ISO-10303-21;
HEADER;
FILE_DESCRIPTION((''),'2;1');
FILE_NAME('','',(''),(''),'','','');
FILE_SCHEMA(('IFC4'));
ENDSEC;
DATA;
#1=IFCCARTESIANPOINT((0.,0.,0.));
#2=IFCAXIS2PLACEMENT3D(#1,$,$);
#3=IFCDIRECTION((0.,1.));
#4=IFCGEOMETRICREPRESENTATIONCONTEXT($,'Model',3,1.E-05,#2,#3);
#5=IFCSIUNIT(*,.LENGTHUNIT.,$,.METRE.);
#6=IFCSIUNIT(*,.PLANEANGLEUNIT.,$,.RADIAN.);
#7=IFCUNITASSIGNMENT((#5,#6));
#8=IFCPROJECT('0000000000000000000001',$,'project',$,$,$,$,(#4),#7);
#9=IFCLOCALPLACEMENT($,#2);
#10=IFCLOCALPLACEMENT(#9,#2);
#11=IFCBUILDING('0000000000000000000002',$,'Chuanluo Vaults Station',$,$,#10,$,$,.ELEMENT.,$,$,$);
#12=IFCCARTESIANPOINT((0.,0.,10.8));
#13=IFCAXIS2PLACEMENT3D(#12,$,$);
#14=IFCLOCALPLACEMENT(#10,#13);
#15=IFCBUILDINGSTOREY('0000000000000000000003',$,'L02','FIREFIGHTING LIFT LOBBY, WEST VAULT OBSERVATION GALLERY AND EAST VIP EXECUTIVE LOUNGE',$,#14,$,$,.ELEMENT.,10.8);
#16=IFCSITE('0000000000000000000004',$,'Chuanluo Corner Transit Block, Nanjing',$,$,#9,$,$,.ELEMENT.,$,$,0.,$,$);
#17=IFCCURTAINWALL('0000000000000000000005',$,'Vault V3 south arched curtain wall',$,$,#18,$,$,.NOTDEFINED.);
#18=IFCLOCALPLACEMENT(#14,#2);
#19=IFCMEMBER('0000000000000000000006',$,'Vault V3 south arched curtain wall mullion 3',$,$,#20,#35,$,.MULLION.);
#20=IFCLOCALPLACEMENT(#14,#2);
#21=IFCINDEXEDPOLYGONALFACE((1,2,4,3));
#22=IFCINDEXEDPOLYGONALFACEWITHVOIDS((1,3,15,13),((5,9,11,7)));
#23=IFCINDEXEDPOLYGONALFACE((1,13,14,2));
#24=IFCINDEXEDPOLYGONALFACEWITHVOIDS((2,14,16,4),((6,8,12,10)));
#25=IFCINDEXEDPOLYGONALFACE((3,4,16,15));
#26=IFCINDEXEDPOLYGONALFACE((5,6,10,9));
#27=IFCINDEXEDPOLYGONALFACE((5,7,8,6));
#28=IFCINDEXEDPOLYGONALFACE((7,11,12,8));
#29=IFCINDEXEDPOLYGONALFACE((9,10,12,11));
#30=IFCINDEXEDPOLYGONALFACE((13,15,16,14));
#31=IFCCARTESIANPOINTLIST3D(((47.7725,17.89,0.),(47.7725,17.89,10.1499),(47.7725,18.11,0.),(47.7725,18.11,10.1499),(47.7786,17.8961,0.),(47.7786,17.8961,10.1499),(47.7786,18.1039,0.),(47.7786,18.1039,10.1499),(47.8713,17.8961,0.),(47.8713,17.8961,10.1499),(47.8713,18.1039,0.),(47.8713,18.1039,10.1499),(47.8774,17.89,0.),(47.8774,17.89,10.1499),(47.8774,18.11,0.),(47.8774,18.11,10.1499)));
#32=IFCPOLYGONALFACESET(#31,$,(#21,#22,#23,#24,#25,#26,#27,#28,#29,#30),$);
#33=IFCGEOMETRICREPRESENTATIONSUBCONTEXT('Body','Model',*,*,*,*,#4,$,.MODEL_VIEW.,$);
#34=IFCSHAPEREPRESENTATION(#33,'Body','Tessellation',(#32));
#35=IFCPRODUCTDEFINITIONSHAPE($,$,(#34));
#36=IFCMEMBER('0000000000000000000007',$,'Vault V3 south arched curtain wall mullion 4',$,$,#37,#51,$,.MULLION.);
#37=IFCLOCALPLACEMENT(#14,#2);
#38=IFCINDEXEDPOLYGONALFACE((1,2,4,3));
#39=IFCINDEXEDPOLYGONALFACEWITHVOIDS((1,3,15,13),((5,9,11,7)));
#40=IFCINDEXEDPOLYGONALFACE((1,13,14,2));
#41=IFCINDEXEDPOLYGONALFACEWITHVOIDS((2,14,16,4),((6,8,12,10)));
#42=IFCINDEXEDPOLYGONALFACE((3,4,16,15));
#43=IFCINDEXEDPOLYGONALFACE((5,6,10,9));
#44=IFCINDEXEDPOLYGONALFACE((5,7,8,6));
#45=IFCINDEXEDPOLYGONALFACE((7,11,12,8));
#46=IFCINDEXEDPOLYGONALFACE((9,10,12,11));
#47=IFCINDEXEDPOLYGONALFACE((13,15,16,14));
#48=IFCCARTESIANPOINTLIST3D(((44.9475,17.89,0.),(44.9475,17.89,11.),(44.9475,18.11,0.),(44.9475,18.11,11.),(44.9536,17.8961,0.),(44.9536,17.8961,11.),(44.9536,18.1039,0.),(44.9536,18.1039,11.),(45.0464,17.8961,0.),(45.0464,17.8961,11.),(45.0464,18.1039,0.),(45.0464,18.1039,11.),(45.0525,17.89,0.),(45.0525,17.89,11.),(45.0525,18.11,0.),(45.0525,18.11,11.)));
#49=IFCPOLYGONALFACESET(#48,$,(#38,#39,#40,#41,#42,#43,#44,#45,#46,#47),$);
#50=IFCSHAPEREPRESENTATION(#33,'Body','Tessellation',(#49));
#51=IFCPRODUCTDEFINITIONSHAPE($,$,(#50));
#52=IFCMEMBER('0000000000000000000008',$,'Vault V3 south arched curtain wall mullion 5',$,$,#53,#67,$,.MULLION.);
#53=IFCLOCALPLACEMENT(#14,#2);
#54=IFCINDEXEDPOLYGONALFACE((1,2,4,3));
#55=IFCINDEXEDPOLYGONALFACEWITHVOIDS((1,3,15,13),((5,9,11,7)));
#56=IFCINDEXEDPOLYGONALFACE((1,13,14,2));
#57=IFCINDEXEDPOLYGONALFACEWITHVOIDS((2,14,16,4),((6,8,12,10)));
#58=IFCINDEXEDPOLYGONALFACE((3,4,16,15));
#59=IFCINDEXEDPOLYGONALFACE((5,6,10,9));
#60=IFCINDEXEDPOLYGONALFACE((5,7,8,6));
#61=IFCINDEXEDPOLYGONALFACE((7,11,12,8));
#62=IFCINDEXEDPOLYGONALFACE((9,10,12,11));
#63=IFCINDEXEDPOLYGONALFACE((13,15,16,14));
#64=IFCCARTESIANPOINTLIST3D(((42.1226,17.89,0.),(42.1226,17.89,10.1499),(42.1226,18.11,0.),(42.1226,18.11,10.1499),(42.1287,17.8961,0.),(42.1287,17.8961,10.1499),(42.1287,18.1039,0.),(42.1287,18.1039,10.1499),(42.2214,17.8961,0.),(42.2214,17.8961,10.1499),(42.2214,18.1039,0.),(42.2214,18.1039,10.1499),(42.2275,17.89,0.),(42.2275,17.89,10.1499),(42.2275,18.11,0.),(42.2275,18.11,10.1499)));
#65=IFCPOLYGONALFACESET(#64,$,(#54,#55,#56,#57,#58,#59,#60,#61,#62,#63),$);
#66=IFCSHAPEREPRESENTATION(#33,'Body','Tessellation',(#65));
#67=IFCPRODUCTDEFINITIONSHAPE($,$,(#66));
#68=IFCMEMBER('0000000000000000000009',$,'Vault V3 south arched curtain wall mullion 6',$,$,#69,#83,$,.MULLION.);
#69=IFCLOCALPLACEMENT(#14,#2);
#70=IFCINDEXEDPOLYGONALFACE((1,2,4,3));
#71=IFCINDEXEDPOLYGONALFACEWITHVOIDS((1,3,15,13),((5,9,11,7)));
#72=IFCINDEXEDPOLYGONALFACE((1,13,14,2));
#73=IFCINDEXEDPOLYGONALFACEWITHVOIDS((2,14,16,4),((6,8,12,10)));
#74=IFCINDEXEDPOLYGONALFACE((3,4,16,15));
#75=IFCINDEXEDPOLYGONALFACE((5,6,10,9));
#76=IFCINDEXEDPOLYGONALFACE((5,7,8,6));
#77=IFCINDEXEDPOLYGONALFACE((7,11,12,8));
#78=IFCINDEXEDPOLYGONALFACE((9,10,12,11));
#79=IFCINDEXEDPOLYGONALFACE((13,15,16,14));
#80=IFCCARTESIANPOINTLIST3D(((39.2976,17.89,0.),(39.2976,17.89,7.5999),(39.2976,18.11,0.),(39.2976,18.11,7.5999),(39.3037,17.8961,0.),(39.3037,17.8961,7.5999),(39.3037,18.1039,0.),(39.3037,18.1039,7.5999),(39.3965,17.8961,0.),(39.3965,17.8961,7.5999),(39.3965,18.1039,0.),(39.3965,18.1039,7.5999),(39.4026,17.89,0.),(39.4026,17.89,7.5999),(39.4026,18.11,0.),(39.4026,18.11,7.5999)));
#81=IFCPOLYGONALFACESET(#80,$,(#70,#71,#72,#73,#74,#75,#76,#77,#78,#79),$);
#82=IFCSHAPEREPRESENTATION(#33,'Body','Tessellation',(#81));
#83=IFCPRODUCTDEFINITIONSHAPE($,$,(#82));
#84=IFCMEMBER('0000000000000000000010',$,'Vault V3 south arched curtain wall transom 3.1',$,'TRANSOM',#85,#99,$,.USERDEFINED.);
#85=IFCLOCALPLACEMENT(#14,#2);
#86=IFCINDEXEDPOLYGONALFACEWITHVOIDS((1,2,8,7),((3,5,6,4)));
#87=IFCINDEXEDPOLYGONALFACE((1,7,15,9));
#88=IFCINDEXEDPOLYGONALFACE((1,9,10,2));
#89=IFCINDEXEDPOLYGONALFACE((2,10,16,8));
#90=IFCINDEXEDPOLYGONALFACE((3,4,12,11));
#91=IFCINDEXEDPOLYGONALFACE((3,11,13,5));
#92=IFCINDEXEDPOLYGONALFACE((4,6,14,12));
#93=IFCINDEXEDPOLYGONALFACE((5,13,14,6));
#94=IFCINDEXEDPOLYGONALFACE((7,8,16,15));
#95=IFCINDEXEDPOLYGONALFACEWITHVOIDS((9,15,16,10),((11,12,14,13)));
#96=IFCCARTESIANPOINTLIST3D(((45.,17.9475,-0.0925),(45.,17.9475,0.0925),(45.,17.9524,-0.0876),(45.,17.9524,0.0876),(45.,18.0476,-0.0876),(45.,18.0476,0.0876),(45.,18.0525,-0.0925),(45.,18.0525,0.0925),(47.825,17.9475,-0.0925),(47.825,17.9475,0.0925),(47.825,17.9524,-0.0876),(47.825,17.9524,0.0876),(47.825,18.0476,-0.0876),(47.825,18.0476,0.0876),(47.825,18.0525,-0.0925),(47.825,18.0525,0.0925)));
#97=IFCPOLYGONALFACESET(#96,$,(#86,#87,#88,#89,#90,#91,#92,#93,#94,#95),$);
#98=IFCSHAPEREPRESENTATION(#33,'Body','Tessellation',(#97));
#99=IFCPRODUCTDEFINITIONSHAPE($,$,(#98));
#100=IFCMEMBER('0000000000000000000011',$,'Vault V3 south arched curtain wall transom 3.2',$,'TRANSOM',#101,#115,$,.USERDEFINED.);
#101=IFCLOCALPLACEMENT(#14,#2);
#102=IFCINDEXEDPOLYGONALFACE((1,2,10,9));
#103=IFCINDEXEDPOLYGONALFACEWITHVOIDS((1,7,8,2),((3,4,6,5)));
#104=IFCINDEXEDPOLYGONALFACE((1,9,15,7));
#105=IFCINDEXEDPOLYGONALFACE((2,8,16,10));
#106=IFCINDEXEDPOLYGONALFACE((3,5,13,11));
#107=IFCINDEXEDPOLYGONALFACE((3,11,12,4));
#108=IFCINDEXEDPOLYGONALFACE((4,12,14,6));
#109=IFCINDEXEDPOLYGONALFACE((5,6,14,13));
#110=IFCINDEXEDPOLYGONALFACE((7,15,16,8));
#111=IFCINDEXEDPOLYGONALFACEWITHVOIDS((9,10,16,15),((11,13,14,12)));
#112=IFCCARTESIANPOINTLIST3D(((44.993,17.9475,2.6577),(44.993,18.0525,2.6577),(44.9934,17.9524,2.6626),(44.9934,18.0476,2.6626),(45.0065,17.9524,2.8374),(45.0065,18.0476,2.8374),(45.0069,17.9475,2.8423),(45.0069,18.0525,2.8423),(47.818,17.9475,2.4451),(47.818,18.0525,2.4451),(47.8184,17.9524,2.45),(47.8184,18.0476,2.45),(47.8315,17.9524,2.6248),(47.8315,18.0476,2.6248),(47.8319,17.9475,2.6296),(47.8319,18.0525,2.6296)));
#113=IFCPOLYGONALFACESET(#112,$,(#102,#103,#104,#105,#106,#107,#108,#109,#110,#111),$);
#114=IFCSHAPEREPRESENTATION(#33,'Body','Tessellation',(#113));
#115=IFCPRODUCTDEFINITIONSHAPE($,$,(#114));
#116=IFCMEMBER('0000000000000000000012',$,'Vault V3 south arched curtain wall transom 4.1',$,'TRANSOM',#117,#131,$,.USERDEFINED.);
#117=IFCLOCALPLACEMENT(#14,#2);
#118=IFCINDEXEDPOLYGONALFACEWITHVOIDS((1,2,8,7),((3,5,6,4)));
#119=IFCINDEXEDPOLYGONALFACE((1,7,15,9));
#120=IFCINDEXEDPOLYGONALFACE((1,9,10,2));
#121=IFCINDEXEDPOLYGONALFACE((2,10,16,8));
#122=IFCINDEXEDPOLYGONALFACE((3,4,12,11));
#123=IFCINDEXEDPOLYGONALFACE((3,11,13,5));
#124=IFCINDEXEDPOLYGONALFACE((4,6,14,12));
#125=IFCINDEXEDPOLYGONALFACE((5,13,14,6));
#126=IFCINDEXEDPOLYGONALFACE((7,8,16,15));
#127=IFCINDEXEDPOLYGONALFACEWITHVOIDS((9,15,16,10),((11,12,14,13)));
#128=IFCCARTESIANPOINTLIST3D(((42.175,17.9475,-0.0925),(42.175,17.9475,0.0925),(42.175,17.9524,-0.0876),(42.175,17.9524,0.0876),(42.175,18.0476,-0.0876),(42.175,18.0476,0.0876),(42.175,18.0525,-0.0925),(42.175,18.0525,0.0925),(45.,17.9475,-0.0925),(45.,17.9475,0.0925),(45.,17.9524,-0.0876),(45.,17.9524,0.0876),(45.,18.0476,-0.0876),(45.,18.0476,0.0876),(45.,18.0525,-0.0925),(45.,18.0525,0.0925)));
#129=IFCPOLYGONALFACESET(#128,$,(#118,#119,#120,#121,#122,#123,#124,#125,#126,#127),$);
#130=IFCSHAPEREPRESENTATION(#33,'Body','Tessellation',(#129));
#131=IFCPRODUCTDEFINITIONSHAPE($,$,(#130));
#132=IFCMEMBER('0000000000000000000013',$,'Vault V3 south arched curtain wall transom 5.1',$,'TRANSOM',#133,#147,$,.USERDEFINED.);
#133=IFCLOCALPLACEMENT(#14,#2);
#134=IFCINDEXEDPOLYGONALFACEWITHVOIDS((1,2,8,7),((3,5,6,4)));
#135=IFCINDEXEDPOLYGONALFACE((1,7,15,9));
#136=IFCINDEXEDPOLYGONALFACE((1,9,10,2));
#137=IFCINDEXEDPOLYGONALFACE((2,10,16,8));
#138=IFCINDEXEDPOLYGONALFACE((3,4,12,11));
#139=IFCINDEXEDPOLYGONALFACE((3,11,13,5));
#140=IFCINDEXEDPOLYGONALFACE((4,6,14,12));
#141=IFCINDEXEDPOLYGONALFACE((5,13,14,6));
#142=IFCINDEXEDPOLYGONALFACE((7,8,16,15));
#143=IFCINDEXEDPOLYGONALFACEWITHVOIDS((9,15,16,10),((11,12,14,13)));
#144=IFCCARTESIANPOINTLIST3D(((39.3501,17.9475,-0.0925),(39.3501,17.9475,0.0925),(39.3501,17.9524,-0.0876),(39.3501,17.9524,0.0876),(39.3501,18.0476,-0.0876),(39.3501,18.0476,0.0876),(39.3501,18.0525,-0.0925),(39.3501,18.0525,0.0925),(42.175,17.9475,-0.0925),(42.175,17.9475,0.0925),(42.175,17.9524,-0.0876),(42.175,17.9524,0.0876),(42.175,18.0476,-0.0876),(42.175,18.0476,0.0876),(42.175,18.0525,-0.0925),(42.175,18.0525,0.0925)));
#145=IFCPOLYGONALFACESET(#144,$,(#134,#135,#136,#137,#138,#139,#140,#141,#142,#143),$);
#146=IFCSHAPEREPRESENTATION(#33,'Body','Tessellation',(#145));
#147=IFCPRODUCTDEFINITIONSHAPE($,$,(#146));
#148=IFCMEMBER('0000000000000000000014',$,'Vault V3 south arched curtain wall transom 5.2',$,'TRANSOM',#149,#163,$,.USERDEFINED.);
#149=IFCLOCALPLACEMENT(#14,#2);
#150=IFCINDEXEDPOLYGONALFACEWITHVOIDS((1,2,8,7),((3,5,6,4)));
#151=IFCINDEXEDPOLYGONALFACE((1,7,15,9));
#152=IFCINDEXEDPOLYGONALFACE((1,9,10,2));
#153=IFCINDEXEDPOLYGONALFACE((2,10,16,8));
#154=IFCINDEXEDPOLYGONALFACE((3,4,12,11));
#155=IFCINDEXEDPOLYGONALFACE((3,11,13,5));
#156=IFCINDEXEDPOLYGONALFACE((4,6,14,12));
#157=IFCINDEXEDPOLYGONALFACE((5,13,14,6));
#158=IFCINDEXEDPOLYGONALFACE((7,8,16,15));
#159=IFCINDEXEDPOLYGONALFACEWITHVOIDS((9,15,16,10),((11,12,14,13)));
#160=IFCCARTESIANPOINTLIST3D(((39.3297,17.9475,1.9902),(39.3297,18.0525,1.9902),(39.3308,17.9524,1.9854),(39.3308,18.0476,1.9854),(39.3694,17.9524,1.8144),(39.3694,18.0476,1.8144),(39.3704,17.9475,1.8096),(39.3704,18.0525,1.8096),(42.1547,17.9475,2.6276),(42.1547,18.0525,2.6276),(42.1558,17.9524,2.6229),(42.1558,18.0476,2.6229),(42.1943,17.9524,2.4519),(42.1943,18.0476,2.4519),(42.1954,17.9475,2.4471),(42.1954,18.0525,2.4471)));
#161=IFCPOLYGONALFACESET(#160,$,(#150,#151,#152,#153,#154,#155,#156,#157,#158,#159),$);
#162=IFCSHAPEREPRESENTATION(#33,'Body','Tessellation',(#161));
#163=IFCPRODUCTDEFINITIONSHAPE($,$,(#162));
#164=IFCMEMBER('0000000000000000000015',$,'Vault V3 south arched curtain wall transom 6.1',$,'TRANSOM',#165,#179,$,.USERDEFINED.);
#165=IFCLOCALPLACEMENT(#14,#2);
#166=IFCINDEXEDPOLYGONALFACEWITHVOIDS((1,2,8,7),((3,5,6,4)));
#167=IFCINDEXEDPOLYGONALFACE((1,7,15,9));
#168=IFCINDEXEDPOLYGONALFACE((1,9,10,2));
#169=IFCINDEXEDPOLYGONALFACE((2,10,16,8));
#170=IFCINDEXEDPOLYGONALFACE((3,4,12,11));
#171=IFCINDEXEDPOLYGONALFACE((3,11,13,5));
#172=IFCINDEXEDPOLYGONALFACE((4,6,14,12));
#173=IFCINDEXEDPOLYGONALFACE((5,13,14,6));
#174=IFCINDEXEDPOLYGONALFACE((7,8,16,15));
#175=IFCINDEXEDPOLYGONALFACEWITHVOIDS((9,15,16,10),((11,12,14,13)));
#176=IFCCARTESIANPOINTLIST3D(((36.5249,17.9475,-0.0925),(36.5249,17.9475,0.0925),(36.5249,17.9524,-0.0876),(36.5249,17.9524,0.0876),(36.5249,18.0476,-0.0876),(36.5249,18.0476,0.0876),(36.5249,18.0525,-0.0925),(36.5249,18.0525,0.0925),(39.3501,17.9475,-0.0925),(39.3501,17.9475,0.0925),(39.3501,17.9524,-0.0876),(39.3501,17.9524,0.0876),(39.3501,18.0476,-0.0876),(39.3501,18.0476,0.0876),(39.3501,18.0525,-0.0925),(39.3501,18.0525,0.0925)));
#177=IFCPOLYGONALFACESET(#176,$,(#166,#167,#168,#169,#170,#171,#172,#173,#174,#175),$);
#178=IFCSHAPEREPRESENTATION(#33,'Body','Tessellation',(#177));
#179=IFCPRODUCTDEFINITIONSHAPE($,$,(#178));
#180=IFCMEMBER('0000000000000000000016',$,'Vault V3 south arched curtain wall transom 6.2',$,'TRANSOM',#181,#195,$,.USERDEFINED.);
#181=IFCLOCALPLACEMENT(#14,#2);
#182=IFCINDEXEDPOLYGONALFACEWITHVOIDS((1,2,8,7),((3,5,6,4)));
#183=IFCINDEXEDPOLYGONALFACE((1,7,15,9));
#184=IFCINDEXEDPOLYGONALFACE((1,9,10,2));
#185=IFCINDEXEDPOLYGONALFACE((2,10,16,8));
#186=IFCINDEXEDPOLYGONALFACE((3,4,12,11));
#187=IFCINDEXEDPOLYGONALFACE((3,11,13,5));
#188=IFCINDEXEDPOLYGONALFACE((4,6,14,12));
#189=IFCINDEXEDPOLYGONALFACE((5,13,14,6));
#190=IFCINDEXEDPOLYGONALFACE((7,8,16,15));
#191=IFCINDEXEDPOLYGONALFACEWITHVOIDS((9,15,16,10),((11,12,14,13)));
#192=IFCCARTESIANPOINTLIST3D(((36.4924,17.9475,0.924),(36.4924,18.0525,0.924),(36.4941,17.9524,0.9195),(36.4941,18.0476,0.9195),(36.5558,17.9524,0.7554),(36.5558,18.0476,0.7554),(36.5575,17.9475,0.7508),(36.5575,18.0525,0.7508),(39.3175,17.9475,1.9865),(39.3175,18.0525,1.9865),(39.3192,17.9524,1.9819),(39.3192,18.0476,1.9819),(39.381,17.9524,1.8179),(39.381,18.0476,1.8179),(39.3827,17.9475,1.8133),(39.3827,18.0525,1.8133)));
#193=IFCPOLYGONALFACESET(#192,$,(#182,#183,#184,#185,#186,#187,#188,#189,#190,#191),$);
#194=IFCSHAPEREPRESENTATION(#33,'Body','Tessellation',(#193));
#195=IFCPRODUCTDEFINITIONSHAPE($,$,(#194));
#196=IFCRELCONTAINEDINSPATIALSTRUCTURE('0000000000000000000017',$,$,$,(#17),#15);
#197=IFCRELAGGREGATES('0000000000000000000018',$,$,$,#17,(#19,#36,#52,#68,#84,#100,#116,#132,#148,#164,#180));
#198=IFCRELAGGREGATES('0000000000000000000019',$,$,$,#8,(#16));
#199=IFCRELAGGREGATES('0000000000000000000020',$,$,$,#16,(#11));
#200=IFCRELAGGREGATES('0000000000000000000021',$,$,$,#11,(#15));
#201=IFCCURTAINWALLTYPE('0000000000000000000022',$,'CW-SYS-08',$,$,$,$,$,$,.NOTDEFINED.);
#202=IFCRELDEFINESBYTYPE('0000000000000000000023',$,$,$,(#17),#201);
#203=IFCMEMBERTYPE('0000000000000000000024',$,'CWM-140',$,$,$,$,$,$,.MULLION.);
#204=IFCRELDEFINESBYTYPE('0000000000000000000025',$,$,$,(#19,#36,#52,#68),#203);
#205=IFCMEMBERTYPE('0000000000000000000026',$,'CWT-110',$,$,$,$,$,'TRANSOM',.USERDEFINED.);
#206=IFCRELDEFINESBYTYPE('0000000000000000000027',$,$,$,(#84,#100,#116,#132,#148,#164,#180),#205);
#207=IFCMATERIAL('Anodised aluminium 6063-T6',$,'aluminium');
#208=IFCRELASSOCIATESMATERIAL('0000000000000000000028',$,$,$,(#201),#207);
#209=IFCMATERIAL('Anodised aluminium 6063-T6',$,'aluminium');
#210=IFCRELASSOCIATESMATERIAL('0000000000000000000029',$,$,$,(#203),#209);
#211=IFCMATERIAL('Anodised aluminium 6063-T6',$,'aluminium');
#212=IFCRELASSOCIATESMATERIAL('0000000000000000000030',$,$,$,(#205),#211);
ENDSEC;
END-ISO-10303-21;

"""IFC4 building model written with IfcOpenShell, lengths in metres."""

from ifc_helpers import new_model, si_unit, direction, frame, origin, origin_2d, place, context, subcontext, project, spatial, hollow_rectangle, extrude, material, material_profile, profile_set, type_object, element, aggregate, save


model = new_model("IFC4")

# Units and contexts
model_context = context("Model", 3, precision=1e-05, world=origin(), true_north=direction((0.0, 1.0)))
body_context = subcontext(model_context, "Body", "Model", "MODEL_VIEW")
ifc_project = project(units=[si_unit("LENGTHUNIT", "METRE"), si_unit("PLANEANGLEUNIT", "RADIAN")], contexts=[model_context])

# Site, building, storey
site_placement = place(None, origin())
site = spatial("IfcSite", under=ifc_project, at=site_placement, Name="Chuanluo Corner Transit Block, Nanjing", CompositionType="ELEMENT", RefElevation=0.0)
building_placement = place(site_placement, origin())
building = spatial("IfcBuilding", under=site, at=building_placement, Name="Chuanluo Vaults Station", CompositionType="ELEMENT")
storey_placement = place(building_placement, frame((0.0, 0.0, 10.8)))
storey = spatial("IfcBuildingStorey", under=building, at=storey_placement, Name="L02", Description="FIREFIGHTING LIFT LOBBY, WEST VAULT OBSERVATION GALLERY AND EAST VIP EXECUTIVE LOUNGE", CompositionType="ELEMENT", Elevation=10.8)

# Curtain wall, members
ifc_material_1 = material(Name="Anodised aluminium 6063-T6", Category="aluminium")
curtain_wall_type = type_object("IfcCurtainWallType", Name="CW-SYS-08", PredefinedType="NOTDEFINED", material=ifc_material_1)
curtain_wall_placement = place(storey_placement, origin())
curtain_wall = element("IfcCurtainWall", 1, at=curtain_wall_placement, inside=storey, type_object=curtain_wall_type, Name="Vault V3 south arched curtain wall", PredefinedType="NOTDEFINED")
ifc_material_2 = material(Name="Anodised aluminium 6063-T6", Category="aluminium")
ifc_material_profile_1 = material_profile(ifc_material_2, hollow_rectangle(XDim=0.105, YDim=0.22, WallThickness=0.0061, at=origin_2d()))
ifc_profile_set_1 = profile_set([ifc_material_profile_1], Name="Anodised aluminium 6063-T6")
member_type_1 = type_object("IfcMemberType", Name="CWM-140", PredefinedType="MULLION", material=ifc_profile_set_1)
member_1_placement = place(storey_placement, frame((47.825, 18.0, 0.0), z_axis=(0.0, 0.0, 1.0), x_axis=(-1.0, 0.0, 0.0)))
member_1 = element("IfcMember", 2, at=member_1_placement, type_object=member_type_1, Name="Vault V3 south arched curtain wall mullion 3", PredefinedType="MULLION", context=body_context, shape_type="SweptSolid", body=[
    extrude(hollow_rectangle(XDim=0.105, YDim=0.22, WallThickness=0.0061, at=origin_2d()), origin(), (0.0, 0.0, 1.0), 10.1499),
])
member_2_placement = place(storey_placement, frame((45.0, 18.0, 0.0), z_axis=(0.0, 0.0, 1.0), x_axis=(-1.0, 0.0, 0.0)))
member_2 = element("IfcMember", 3, at=member_2_placement, type_object=member_type_1, Name="Vault V3 south arched curtain wall mullion 4", PredefinedType="MULLION", context=body_context, shape_type="SweptSolid", body=[
    extrude(hollow_rectangle(XDim=0.105, YDim=0.22, WallThickness=0.0061, at=origin_2d()), origin(), (0.0, 0.0, 1.0), 11.0),
])
member_3_placement = place(storey_placement, frame((42.175, 18.0, 0.0), z_axis=(0.0, 0.0, 1.0), x_axis=(-1.0, 0.0, 0.0)))
member_3 = element("IfcMember", 4, at=member_3_placement, type_object=member_type_1, Name="Vault V3 south arched curtain wall mullion 5", PredefinedType="MULLION", context=body_context, shape_type="SweptSolid", body=[
    extrude(hollow_rectangle(XDim=0.105, YDim=0.22, WallThickness=0.0061, at=origin_2d()), origin(), (0.0, 0.0, 1.0), 10.1499),
])
member_4_placement = place(storey_placement, frame((39.3501, 18.0, 0.0), z_axis=(0.0, 0.0, 1.0), x_axis=(-1.0, 0.0, 0.0)))
member_4 = element("IfcMember", 5, at=member_4_placement, type_object=member_type_1, Name="Vault V3 south arched curtain wall mullion 6", PredefinedType="MULLION", context=body_context, shape_type="SweptSolid", body=[
    extrude(hollow_rectangle(XDim=0.105, YDim=0.22, WallThickness=0.0061, at=origin_2d()), origin(), (0.0, 0.0, 1.0), 7.5999),
])
ifc_material_3 = material(Name="Anodised aluminium 6063-T6", Category="aluminium")
ifc_material_profile_2 = material_profile(ifc_material_3, hollow_rectangle(XDim=0.105, YDim=0.1851, WallThickness=0.0049, at=origin_2d()))
ifc_profile_set_2 = profile_set([ifc_material_profile_2], Name="Anodised aluminium 6063-T6")
member_type_2 = type_object("IfcMemberType", Name="CWT-110", ElementType="TRANSOM", PredefinedType="USERDEFINED", material=ifc_profile_set_2)
member_5_placement = place(storey_placement, frame((47.825, 18.0, 0.0), z_axis=(-1.0, 0.0, 0.0), x_axis=(0.0, -1.0, 0.0)))
member_5 = element("IfcMember", 6, at=member_5_placement, type_object=member_type_2, Name="Vault V3 south arched curtain wall transom 3.1", ObjectType="TRANSOM", PredefinedType="USERDEFINED", context=body_context, shape_type="SweptSolid", body=[
    extrude(hollow_rectangle(XDim=0.105, YDim=0.1851, WallThickness=0.0049, at=origin_2d()), origin(), (0.0, 0.0, 1.0), 2.825),
])
member_6_placement = place(storey_placement, frame((47.825, 18.0, 2.5374), z_axis=(-0.997179, 0.0, 0.075062), x_axis=(0.0, -1.0, 0.0)))
member_6 = element("IfcMember", 7, at=member_6_placement, type_object=member_type_2, Name="Vault V3 south arched curtain wall transom 3.2", ObjectType="TRANSOM", PredefinedType="USERDEFINED", context=body_context, shape_type="SweptSolid", body=[
    extrude(hollow_rectangle(XDim=0.105, YDim=0.1851, WallThickness=0.0049, at=origin_2d()), origin(), (0.0, 0.0, 1.0), 2.833),
])
member_7_placement = place(storey_placement, frame((45.0, 18.0, 0.0), z_axis=(-1.0, 0.0, 0.0), x_axis=(0.0, -1.0, 0.0)))
member_7 = element("IfcMember", 8, at=member_7_placement, type_object=member_type_2, Name="Vault V3 south arched curtain wall transom 4.1", ObjectType="TRANSOM", PredefinedType="USERDEFINED", context=body_context, shape_type="SweptSolid", body=[
    extrude(hollow_rectangle(XDim=0.105, YDim=0.1851, WallThickness=0.0049, at=origin_2d()), origin(), (0.0, 0.0, 1.0), 2.825),
])
member_8_placement = place(storey_placement, frame((42.175, 18.0, 0.0), z_axis=(-1.0, 0.0, 0.0), x_axis=(0.0, -1.0, 0.0)))
member_8 = element("IfcMember", 9, at=member_8_placement, type_object=member_type_2, Name="Vault V3 south arched curtain wall transom 5.1", ObjectType="TRANSOM", PredefinedType="USERDEFINED", context=body_context, shape_type="SweptSolid", body=[
    extrude(hollow_rectangle(XDim=0.105, YDim=0.1851, WallThickness=0.0049, at=origin_2d()), origin(), (0.0, 0.0, 1.0), 2.825),
])
member_9_placement = place(storey_placement, frame((42.175, 18.0, 2.5374), z_axis=(-0.975474, 0.0, -0.220116), x_axis=(0.0, -1.0, 0.0)))
member_9 = element("IfcMember", 10, at=member_9_placement, type_object=member_type_2, Name="Vault V3 south arched curtain wall transom 5.2", ObjectType="TRANSOM", PredefinedType="USERDEFINED", context=body_context, shape_type="SweptSolid", body=[
    extrude(hollow_rectangle(XDim=0.105, YDim=0.1851, WallThickness=0.0049, at=origin_2d()), origin(), (0.0, 0.0, 1.0), 2.896),
])
member_10_placement = place(storey_placement, frame((39.3501, 18.0, 0.0), z_axis=(-1.0, 0.0, 0.0), x_axis=(0.0, -1.0, 0.0)))
member_10 = element("IfcMember", 11, at=member_10_placement, type_object=member_type_2, Name="Vault V3 south arched curtain wall transom 6.1", ObjectType="TRANSOM", PredefinedType="USERDEFINED", context=body_context, shape_type="SweptSolid", body=[
    extrude(hollow_rectangle(XDim=0.105, YDim=0.1851, WallThickness=0.0049, at=origin_2d()), origin(), (0.0, 0.0, 1.0), 2.8252),
])
member_11_placement = place(storey_placement, frame((39.3501, 18.0, 1.8999), z_axis=(-0.935996, 0.0, -0.35201), x_axis=(0.0, -1.0, 0.0)))
member_11 = element("IfcMember", 12, at=member_11_placement, type_object=member_type_2, Name="Vault V3 south arched curtain wall transom 6.2", ObjectType="TRANSOM", PredefinedType="USERDEFINED", context=body_context, shape_type="SweptSolid", body=[
    extrude(hollow_rectangle(XDim=0.105, YDim=0.1851, WallThickness=0.0049, at=origin_2d()), origin(), (0.0, 0.0, 1.0), 3.0183),
])
aggregate(curtain_wall, [member_1, member_2, member_3, member_4, member_5, member_6, member_7, member_8, member_9, member_10, member_11])

save(model, "model.ifc")
